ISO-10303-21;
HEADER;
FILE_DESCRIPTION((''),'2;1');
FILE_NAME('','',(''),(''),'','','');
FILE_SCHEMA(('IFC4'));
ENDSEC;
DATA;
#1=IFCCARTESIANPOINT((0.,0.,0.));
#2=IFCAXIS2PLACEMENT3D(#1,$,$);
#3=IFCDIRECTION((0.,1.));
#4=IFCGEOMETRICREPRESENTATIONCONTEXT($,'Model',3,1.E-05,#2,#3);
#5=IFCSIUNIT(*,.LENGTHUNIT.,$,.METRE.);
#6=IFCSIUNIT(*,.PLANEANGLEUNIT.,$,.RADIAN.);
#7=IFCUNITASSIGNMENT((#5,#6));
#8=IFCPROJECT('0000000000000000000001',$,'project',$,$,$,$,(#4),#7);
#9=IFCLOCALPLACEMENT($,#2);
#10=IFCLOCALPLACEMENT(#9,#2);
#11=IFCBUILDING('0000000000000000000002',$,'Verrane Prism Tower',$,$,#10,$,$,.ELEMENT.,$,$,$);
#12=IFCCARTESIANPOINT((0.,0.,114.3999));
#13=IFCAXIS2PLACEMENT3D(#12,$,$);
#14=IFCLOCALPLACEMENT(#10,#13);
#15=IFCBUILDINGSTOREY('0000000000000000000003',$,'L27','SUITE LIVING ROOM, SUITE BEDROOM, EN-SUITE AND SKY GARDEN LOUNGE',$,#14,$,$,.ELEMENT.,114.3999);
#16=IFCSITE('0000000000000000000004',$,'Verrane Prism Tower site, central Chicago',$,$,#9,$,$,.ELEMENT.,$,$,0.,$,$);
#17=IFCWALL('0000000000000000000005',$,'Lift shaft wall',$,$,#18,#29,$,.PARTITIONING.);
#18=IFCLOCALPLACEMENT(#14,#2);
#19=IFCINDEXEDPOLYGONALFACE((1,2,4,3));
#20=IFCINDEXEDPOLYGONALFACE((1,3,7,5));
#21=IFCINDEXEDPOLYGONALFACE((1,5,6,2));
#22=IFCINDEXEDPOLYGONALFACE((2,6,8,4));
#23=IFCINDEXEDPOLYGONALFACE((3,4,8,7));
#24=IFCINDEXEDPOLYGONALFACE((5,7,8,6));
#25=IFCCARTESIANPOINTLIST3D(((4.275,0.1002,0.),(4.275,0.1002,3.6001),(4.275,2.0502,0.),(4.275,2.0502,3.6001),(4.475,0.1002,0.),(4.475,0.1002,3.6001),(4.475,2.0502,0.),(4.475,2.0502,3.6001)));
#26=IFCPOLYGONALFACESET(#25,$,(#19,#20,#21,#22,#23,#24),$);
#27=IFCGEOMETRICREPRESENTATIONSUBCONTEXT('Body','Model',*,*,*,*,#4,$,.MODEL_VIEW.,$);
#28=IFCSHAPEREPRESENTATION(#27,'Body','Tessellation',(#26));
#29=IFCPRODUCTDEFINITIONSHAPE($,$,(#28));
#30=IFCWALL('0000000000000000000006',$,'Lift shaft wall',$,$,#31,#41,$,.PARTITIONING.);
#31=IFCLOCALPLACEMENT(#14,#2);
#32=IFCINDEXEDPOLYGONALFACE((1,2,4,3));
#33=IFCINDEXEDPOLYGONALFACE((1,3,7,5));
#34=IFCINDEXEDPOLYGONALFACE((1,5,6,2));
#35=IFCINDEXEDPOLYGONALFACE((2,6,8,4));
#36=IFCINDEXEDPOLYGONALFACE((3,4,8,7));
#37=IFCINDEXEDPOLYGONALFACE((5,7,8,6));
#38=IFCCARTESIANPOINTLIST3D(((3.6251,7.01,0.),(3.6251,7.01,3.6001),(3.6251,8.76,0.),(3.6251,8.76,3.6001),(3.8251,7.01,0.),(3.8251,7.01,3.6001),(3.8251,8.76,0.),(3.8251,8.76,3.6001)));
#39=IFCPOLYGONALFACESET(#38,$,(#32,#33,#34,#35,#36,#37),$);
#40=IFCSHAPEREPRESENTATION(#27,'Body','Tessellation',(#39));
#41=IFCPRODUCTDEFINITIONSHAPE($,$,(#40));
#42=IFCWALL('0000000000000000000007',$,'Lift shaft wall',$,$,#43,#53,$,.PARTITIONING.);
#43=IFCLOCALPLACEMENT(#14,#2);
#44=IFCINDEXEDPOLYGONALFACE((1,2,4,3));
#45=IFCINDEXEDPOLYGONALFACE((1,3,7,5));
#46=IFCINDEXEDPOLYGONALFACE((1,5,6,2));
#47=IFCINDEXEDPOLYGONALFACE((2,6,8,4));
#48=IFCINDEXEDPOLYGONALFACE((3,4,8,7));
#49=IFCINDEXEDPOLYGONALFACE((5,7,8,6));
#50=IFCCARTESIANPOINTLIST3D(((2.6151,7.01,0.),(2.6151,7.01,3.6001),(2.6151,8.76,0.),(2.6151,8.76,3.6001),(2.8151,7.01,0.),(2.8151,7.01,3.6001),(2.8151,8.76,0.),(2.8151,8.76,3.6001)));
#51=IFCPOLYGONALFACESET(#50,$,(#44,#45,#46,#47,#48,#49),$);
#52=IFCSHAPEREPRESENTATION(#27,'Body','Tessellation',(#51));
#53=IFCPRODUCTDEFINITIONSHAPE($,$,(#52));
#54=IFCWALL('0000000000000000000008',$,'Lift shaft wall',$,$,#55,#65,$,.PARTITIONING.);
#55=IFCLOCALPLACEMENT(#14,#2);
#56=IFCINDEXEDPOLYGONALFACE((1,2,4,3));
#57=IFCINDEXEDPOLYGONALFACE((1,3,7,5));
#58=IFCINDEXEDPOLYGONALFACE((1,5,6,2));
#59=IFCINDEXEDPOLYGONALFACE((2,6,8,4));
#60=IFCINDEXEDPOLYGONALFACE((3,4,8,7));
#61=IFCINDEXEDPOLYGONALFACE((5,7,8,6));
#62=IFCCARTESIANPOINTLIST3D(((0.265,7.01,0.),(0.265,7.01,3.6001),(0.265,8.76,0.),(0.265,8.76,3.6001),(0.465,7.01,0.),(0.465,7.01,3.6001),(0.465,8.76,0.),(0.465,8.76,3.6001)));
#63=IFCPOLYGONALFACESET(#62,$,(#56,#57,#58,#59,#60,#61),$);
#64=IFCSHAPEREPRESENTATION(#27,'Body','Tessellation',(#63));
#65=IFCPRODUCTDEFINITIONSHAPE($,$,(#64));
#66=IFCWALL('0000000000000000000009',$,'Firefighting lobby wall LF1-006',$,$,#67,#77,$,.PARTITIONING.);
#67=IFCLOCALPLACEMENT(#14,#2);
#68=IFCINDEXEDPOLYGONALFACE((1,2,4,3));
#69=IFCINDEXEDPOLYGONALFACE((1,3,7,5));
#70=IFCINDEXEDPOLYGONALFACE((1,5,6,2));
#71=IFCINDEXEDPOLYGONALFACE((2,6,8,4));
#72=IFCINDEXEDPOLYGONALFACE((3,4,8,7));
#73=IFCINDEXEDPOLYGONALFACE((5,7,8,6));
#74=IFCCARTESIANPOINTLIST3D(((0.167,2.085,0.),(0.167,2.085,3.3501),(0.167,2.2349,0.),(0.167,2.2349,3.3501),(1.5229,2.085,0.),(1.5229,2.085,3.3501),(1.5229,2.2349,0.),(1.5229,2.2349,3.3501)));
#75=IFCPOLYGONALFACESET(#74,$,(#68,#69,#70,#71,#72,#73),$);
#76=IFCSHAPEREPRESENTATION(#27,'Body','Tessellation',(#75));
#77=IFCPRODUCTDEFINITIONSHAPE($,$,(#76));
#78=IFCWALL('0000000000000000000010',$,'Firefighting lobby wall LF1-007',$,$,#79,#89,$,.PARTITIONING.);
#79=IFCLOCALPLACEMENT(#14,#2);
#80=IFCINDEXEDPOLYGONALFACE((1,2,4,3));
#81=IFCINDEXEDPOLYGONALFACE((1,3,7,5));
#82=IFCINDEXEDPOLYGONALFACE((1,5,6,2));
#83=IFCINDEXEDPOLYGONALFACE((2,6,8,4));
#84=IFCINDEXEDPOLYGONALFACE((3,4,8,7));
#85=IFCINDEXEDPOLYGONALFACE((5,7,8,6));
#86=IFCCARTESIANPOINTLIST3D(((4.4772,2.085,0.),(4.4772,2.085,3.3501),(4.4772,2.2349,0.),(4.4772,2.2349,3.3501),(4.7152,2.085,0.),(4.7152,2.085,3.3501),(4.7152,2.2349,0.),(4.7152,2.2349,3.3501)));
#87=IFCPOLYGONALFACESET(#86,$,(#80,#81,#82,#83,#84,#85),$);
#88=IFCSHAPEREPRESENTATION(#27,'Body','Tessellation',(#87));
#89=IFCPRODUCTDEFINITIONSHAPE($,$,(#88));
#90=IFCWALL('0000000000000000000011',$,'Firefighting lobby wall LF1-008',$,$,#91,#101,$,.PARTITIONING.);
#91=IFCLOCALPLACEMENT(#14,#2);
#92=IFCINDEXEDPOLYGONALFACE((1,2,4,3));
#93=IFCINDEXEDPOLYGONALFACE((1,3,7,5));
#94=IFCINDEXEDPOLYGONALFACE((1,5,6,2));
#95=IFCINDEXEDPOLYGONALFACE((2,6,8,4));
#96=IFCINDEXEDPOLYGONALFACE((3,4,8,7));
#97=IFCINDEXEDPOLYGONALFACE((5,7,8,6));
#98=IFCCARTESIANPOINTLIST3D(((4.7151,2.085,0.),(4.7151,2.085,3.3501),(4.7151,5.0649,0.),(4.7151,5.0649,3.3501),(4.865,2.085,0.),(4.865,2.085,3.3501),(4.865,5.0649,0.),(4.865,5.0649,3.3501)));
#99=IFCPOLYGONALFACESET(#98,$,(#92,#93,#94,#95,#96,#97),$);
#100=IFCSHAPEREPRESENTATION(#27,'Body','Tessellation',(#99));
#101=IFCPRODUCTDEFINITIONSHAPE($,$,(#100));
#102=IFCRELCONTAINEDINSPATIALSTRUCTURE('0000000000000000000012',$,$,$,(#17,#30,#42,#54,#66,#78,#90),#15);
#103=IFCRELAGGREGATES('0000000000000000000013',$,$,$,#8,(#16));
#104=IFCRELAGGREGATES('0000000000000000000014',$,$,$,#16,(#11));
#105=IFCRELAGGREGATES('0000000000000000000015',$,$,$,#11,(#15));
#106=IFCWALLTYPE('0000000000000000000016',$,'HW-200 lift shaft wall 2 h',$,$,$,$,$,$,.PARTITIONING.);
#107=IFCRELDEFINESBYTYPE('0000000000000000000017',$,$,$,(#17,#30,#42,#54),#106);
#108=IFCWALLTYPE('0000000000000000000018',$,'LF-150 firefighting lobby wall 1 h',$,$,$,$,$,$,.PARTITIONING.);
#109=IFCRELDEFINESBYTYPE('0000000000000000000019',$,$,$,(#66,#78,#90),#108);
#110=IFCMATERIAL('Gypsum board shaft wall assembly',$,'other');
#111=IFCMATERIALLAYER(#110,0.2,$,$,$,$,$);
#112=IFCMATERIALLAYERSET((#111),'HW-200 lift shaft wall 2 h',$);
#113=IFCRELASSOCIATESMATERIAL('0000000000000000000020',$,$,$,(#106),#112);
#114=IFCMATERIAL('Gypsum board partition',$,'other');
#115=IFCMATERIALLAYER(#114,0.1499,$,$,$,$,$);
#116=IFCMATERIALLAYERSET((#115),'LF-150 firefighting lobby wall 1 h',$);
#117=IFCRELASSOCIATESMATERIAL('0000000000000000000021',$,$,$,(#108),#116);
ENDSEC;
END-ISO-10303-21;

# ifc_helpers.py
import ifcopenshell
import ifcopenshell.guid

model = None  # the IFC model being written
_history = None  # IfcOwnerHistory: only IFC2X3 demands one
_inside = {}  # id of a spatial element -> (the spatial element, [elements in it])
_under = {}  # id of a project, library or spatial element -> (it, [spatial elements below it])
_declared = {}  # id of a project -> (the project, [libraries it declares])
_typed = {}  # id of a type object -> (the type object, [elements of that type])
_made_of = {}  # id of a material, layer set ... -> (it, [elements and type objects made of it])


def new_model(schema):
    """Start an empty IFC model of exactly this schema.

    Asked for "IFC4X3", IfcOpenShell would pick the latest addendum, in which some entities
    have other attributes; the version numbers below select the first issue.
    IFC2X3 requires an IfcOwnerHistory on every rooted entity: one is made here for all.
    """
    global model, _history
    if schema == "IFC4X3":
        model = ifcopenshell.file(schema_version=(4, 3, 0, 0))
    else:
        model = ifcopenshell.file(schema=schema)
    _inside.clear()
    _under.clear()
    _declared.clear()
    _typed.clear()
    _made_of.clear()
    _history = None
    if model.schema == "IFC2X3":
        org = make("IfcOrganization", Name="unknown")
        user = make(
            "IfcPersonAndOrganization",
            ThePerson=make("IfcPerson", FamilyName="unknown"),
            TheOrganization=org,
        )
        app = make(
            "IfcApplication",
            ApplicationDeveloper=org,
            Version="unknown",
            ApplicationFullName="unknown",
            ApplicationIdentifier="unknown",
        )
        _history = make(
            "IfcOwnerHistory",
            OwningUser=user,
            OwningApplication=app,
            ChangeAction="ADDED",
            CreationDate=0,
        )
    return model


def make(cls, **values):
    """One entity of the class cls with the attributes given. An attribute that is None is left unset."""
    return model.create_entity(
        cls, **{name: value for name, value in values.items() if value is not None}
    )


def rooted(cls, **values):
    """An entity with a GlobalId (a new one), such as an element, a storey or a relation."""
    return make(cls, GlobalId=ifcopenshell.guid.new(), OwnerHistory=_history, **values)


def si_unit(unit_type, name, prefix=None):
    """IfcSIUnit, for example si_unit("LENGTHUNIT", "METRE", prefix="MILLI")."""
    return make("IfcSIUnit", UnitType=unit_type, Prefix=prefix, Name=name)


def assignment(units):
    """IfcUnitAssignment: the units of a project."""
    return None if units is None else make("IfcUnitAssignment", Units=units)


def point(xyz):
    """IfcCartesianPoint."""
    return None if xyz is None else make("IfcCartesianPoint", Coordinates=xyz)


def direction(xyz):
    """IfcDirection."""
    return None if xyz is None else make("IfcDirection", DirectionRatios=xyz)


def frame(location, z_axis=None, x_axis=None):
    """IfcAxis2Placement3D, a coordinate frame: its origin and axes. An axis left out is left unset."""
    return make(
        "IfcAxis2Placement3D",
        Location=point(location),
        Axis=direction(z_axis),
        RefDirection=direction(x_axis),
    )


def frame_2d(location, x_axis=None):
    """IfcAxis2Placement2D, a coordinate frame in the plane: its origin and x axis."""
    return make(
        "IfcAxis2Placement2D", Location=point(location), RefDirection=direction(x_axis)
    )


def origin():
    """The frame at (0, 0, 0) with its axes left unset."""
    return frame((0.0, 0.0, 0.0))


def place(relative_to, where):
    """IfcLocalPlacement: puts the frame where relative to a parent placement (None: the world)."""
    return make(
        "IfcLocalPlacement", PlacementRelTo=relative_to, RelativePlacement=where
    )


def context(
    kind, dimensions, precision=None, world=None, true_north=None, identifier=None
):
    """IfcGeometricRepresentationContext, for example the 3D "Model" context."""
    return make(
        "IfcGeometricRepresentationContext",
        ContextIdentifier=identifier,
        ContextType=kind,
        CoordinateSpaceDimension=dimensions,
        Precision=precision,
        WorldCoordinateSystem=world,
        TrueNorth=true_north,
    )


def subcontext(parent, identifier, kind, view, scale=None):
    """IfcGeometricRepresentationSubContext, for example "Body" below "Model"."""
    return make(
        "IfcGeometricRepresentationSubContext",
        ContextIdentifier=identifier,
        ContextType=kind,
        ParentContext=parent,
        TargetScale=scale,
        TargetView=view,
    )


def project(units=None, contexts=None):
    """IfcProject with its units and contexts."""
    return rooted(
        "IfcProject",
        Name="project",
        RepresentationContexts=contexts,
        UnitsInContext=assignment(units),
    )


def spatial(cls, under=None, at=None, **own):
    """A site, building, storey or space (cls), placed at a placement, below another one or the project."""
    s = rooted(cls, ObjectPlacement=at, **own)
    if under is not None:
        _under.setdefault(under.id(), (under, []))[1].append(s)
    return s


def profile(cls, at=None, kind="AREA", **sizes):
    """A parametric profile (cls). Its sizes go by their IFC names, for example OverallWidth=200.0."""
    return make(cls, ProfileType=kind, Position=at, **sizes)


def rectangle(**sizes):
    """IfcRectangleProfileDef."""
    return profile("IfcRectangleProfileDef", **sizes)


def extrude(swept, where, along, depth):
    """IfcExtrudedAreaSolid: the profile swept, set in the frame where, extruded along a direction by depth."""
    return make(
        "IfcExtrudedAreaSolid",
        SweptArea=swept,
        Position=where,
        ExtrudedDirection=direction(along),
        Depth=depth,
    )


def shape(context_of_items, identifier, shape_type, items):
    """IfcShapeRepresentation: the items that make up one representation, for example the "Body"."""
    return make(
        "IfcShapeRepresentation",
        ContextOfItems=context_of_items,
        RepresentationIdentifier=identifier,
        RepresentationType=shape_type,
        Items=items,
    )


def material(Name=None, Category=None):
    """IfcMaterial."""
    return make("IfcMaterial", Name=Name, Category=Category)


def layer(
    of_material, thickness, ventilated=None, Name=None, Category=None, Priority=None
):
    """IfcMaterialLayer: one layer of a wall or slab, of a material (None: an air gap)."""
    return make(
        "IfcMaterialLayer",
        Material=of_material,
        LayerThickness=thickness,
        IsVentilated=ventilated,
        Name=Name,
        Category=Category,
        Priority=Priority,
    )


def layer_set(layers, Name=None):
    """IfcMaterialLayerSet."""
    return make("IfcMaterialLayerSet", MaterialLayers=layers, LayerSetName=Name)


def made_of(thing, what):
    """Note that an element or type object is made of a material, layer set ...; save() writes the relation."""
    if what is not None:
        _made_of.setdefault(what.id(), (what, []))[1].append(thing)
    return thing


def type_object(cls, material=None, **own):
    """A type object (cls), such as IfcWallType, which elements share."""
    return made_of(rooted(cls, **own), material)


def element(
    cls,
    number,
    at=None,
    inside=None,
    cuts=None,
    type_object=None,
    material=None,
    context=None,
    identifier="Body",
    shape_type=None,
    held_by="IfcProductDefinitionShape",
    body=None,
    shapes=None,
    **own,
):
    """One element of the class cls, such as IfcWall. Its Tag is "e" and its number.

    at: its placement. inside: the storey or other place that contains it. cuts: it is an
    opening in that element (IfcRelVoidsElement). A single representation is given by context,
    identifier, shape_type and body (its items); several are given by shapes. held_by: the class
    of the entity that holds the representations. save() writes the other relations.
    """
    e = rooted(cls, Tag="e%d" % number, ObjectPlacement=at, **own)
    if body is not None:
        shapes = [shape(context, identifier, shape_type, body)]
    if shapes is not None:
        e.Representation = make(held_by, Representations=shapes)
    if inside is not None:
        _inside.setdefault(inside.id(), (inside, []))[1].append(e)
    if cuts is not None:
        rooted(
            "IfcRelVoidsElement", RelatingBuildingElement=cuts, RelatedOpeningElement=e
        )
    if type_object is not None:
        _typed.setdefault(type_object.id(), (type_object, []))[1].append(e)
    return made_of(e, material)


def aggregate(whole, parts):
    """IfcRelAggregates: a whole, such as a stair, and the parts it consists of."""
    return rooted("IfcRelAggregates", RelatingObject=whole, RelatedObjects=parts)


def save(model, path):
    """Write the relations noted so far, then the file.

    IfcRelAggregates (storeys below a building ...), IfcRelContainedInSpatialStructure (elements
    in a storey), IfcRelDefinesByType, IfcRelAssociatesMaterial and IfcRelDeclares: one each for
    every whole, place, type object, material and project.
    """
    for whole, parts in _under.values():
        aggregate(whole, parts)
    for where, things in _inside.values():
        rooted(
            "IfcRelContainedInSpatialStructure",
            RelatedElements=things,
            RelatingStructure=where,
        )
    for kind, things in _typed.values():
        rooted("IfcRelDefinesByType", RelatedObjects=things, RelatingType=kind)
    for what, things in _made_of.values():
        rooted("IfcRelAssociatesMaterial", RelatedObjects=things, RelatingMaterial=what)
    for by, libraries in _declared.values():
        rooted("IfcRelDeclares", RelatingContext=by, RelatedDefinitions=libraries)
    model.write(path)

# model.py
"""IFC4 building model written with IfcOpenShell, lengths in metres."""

from ifc_helpers import new_model, si_unit, direction, frame, frame_2d, origin, place, context, subcontext, project, spatial, rectangle, extrude, material, layer, layer_set, type_object, element, save


model = new_model("IFC4")

# Units and contexts
model_context = context("Model", 3, precision=1e-05, world=origin(), true_north=direction((0.0, 1.0)))
body_context = subcontext(model_context, "Body", "Model", "MODEL_VIEW")
ifc_project = project(units=[si_unit("LENGTHUNIT", "METRE"), si_unit("PLANEANGLEUNIT", "RADIAN")], contexts=[model_context])

# Site, building, storey
site_placement = place(None, origin())
site = spatial("IfcSite", under=ifc_project, at=site_placement, Name="Verrane Prism Tower site, central Chicago", CompositionType="ELEMENT", RefElevation=0.0)
building_placement = place(site_placement, origin())
building = spatial("IfcBuilding", under=site, at=building_placement, Name="Verrane Prism Tower", CompositionType="ELEMENT")
storey_placement = place(building_placement, frame((0.0, 0.0, 114.3999)))
storey = spatial("IfcBuildingStorey", under=building, at=storey_placement, Name="L27", Description="SUITE LIVING ROOM, SUITE BEDROOM, EN-SUITE AND SKY GARDEN LOUNGE", CompositionType="ELEMENT", Elevation=114.3999)

# Shared definitions
ifc_material_1 = material(Name="Gypsum board shaft wall assembly", Category="other")
ifc_layer_1 = layer(ifc_material_1, 0.2)
ifc_layer_set_1 = layer_set([ifc_layer_1], Name="HW-200 lift shaft wall 2 h")
wall_type_1 = type_object("IfcWallType", Name="HW-200 lift shaft wall 2 h", PredefinedType="PARTITIONING", material=ifc_layer_set_1)

# Walls
wall_1_placement = place(storey_placement, frame((4.375, 0.1001, 0.0), z_axis=(0.0, 0.0, 1.0), x_axis=(0.0, 1.0, 0.0)))
element("IfcWall", 1, at=wall_1_placement, inside=storey, type_object=wall_type_1, Name="Lift shaft wall", PredefinedType="PARTITIONING", context=body_context, shape_type="SweptSolid", body=[
    extrude(rectangle(XDim=1.95, YDim=0.2, at=frame_2d((0.9751, 0.0))), origin(), (0.0, 0.0, 1.0), 3.6001),
])
for number, where, z_axis, x_axis, name in (
    (2, (3.7251, 7.01, 0.0), (0.0, 0.0, 1.0), (0.0, 1.0, 0.0), "Lift shaft wall"),
    (3, (2.7151, 7.01, 0.0), (0.0, 0.0, 1.0), (0.0, 1.0, 0.0), "Lift shaft wall"),
    (4, (0.365, 7.01, 0.0), (0.0, 0.0, 1.0), (0.0, 1.0, 0.0), "Lift shaft wall"),
):
    element("IfcWall", number, at=place(storey_placement, frame(where, z_axis=z_axis, x_axis=x_axis)), inside=storey, type_object=wall_type_1, Name=name, PredefinedType="PARTITIONING", context=body_context, shape_type="SweptSolid", body=[
        extrude(rectangle(XDim=1.75, YDim=0.2, at=frame_2d((0.875, 0.0))), origin(), (0.0, 0.0, 1.0), 3.6001),
    ])
ifc_material_2 = material(Name="Gypsum board partition", Category="other")
ifc_layer_2 = layer(ifc_material_2, 0.1499)
ifc_layer_set_2 = layer_set([ifc_layer_2], Name="LF-150 firefighting lobby wall 1 h")
wall_type_2 = type_object("IfcWallType", Name="LF-150 firefighting lobby wall 1 h", PredefinedType="PARTITIONING", material=ifc_layer_set_2)
wall_2_placement = place(storey_placement, frame((0.167, 2.1599, 0.0), z_axis=(0.0, 0.0, 1.0), x_axis=(1.0, 0.0, 0.0)))
element("IfcWall", 5, at=wall_2_placement, inside=storey, type_object=wall_type_2, Name="Firefighting lobby wall LF1-006", PredefinedType="PARTITIONING", context=body_context, shape_type="SweptSolid", body=[
    extrude(rectangle(XDim=1.356, YDim=0.1499, at=frame_2d((0.678, 0.0))), origin(), (0.0, 0.0, 1.0), 3.3501),
])
wall_3_placement = place(storey_placement, frame((4.4771, 2.1599, 0.0), z_axis=(0.0, 0.0, 1.0), x_axis=(1.0, 0.0, 0.0)))
element("IfcWall", 6, at=wall_3_placement, inside=storey, type_object=wall_type_2, Name="Firefighting lobby wall LF1-007", PredefinedType="PARTITIONING", context=body_context, shape_type="SweptSolid", body=[
    extrude(rectangle(XDim=0.238, YDim=0.1499, at=frame_2d((0.1191, 0.0))), origin(), (0.0, 0.0, 1.0), 3.3501),
])
wall_4_placement = place(storey_placement, frame((4.79, 2.085, 0.0), z_axis=(0.0, 0.0, 1.0), x_axis=(0.0, 1.0, 0.0)))
element("IfcWall", 7, at=wall_4_placement, inside=storey, type_object=wall_type_2, Name="Firefighting lobby wall LF1-008", PredefinedType="PARTITIONING", context=body_context, shape_type="SweptSolid", body=[
    extrude(rectangle(XDim=2.98, YDim=0.1499, at=frame_2d((1.49, 0.0))), origin(), (0.0, 0.0, 1.0), 3.3501),
])

save(model, "model.ifc")
